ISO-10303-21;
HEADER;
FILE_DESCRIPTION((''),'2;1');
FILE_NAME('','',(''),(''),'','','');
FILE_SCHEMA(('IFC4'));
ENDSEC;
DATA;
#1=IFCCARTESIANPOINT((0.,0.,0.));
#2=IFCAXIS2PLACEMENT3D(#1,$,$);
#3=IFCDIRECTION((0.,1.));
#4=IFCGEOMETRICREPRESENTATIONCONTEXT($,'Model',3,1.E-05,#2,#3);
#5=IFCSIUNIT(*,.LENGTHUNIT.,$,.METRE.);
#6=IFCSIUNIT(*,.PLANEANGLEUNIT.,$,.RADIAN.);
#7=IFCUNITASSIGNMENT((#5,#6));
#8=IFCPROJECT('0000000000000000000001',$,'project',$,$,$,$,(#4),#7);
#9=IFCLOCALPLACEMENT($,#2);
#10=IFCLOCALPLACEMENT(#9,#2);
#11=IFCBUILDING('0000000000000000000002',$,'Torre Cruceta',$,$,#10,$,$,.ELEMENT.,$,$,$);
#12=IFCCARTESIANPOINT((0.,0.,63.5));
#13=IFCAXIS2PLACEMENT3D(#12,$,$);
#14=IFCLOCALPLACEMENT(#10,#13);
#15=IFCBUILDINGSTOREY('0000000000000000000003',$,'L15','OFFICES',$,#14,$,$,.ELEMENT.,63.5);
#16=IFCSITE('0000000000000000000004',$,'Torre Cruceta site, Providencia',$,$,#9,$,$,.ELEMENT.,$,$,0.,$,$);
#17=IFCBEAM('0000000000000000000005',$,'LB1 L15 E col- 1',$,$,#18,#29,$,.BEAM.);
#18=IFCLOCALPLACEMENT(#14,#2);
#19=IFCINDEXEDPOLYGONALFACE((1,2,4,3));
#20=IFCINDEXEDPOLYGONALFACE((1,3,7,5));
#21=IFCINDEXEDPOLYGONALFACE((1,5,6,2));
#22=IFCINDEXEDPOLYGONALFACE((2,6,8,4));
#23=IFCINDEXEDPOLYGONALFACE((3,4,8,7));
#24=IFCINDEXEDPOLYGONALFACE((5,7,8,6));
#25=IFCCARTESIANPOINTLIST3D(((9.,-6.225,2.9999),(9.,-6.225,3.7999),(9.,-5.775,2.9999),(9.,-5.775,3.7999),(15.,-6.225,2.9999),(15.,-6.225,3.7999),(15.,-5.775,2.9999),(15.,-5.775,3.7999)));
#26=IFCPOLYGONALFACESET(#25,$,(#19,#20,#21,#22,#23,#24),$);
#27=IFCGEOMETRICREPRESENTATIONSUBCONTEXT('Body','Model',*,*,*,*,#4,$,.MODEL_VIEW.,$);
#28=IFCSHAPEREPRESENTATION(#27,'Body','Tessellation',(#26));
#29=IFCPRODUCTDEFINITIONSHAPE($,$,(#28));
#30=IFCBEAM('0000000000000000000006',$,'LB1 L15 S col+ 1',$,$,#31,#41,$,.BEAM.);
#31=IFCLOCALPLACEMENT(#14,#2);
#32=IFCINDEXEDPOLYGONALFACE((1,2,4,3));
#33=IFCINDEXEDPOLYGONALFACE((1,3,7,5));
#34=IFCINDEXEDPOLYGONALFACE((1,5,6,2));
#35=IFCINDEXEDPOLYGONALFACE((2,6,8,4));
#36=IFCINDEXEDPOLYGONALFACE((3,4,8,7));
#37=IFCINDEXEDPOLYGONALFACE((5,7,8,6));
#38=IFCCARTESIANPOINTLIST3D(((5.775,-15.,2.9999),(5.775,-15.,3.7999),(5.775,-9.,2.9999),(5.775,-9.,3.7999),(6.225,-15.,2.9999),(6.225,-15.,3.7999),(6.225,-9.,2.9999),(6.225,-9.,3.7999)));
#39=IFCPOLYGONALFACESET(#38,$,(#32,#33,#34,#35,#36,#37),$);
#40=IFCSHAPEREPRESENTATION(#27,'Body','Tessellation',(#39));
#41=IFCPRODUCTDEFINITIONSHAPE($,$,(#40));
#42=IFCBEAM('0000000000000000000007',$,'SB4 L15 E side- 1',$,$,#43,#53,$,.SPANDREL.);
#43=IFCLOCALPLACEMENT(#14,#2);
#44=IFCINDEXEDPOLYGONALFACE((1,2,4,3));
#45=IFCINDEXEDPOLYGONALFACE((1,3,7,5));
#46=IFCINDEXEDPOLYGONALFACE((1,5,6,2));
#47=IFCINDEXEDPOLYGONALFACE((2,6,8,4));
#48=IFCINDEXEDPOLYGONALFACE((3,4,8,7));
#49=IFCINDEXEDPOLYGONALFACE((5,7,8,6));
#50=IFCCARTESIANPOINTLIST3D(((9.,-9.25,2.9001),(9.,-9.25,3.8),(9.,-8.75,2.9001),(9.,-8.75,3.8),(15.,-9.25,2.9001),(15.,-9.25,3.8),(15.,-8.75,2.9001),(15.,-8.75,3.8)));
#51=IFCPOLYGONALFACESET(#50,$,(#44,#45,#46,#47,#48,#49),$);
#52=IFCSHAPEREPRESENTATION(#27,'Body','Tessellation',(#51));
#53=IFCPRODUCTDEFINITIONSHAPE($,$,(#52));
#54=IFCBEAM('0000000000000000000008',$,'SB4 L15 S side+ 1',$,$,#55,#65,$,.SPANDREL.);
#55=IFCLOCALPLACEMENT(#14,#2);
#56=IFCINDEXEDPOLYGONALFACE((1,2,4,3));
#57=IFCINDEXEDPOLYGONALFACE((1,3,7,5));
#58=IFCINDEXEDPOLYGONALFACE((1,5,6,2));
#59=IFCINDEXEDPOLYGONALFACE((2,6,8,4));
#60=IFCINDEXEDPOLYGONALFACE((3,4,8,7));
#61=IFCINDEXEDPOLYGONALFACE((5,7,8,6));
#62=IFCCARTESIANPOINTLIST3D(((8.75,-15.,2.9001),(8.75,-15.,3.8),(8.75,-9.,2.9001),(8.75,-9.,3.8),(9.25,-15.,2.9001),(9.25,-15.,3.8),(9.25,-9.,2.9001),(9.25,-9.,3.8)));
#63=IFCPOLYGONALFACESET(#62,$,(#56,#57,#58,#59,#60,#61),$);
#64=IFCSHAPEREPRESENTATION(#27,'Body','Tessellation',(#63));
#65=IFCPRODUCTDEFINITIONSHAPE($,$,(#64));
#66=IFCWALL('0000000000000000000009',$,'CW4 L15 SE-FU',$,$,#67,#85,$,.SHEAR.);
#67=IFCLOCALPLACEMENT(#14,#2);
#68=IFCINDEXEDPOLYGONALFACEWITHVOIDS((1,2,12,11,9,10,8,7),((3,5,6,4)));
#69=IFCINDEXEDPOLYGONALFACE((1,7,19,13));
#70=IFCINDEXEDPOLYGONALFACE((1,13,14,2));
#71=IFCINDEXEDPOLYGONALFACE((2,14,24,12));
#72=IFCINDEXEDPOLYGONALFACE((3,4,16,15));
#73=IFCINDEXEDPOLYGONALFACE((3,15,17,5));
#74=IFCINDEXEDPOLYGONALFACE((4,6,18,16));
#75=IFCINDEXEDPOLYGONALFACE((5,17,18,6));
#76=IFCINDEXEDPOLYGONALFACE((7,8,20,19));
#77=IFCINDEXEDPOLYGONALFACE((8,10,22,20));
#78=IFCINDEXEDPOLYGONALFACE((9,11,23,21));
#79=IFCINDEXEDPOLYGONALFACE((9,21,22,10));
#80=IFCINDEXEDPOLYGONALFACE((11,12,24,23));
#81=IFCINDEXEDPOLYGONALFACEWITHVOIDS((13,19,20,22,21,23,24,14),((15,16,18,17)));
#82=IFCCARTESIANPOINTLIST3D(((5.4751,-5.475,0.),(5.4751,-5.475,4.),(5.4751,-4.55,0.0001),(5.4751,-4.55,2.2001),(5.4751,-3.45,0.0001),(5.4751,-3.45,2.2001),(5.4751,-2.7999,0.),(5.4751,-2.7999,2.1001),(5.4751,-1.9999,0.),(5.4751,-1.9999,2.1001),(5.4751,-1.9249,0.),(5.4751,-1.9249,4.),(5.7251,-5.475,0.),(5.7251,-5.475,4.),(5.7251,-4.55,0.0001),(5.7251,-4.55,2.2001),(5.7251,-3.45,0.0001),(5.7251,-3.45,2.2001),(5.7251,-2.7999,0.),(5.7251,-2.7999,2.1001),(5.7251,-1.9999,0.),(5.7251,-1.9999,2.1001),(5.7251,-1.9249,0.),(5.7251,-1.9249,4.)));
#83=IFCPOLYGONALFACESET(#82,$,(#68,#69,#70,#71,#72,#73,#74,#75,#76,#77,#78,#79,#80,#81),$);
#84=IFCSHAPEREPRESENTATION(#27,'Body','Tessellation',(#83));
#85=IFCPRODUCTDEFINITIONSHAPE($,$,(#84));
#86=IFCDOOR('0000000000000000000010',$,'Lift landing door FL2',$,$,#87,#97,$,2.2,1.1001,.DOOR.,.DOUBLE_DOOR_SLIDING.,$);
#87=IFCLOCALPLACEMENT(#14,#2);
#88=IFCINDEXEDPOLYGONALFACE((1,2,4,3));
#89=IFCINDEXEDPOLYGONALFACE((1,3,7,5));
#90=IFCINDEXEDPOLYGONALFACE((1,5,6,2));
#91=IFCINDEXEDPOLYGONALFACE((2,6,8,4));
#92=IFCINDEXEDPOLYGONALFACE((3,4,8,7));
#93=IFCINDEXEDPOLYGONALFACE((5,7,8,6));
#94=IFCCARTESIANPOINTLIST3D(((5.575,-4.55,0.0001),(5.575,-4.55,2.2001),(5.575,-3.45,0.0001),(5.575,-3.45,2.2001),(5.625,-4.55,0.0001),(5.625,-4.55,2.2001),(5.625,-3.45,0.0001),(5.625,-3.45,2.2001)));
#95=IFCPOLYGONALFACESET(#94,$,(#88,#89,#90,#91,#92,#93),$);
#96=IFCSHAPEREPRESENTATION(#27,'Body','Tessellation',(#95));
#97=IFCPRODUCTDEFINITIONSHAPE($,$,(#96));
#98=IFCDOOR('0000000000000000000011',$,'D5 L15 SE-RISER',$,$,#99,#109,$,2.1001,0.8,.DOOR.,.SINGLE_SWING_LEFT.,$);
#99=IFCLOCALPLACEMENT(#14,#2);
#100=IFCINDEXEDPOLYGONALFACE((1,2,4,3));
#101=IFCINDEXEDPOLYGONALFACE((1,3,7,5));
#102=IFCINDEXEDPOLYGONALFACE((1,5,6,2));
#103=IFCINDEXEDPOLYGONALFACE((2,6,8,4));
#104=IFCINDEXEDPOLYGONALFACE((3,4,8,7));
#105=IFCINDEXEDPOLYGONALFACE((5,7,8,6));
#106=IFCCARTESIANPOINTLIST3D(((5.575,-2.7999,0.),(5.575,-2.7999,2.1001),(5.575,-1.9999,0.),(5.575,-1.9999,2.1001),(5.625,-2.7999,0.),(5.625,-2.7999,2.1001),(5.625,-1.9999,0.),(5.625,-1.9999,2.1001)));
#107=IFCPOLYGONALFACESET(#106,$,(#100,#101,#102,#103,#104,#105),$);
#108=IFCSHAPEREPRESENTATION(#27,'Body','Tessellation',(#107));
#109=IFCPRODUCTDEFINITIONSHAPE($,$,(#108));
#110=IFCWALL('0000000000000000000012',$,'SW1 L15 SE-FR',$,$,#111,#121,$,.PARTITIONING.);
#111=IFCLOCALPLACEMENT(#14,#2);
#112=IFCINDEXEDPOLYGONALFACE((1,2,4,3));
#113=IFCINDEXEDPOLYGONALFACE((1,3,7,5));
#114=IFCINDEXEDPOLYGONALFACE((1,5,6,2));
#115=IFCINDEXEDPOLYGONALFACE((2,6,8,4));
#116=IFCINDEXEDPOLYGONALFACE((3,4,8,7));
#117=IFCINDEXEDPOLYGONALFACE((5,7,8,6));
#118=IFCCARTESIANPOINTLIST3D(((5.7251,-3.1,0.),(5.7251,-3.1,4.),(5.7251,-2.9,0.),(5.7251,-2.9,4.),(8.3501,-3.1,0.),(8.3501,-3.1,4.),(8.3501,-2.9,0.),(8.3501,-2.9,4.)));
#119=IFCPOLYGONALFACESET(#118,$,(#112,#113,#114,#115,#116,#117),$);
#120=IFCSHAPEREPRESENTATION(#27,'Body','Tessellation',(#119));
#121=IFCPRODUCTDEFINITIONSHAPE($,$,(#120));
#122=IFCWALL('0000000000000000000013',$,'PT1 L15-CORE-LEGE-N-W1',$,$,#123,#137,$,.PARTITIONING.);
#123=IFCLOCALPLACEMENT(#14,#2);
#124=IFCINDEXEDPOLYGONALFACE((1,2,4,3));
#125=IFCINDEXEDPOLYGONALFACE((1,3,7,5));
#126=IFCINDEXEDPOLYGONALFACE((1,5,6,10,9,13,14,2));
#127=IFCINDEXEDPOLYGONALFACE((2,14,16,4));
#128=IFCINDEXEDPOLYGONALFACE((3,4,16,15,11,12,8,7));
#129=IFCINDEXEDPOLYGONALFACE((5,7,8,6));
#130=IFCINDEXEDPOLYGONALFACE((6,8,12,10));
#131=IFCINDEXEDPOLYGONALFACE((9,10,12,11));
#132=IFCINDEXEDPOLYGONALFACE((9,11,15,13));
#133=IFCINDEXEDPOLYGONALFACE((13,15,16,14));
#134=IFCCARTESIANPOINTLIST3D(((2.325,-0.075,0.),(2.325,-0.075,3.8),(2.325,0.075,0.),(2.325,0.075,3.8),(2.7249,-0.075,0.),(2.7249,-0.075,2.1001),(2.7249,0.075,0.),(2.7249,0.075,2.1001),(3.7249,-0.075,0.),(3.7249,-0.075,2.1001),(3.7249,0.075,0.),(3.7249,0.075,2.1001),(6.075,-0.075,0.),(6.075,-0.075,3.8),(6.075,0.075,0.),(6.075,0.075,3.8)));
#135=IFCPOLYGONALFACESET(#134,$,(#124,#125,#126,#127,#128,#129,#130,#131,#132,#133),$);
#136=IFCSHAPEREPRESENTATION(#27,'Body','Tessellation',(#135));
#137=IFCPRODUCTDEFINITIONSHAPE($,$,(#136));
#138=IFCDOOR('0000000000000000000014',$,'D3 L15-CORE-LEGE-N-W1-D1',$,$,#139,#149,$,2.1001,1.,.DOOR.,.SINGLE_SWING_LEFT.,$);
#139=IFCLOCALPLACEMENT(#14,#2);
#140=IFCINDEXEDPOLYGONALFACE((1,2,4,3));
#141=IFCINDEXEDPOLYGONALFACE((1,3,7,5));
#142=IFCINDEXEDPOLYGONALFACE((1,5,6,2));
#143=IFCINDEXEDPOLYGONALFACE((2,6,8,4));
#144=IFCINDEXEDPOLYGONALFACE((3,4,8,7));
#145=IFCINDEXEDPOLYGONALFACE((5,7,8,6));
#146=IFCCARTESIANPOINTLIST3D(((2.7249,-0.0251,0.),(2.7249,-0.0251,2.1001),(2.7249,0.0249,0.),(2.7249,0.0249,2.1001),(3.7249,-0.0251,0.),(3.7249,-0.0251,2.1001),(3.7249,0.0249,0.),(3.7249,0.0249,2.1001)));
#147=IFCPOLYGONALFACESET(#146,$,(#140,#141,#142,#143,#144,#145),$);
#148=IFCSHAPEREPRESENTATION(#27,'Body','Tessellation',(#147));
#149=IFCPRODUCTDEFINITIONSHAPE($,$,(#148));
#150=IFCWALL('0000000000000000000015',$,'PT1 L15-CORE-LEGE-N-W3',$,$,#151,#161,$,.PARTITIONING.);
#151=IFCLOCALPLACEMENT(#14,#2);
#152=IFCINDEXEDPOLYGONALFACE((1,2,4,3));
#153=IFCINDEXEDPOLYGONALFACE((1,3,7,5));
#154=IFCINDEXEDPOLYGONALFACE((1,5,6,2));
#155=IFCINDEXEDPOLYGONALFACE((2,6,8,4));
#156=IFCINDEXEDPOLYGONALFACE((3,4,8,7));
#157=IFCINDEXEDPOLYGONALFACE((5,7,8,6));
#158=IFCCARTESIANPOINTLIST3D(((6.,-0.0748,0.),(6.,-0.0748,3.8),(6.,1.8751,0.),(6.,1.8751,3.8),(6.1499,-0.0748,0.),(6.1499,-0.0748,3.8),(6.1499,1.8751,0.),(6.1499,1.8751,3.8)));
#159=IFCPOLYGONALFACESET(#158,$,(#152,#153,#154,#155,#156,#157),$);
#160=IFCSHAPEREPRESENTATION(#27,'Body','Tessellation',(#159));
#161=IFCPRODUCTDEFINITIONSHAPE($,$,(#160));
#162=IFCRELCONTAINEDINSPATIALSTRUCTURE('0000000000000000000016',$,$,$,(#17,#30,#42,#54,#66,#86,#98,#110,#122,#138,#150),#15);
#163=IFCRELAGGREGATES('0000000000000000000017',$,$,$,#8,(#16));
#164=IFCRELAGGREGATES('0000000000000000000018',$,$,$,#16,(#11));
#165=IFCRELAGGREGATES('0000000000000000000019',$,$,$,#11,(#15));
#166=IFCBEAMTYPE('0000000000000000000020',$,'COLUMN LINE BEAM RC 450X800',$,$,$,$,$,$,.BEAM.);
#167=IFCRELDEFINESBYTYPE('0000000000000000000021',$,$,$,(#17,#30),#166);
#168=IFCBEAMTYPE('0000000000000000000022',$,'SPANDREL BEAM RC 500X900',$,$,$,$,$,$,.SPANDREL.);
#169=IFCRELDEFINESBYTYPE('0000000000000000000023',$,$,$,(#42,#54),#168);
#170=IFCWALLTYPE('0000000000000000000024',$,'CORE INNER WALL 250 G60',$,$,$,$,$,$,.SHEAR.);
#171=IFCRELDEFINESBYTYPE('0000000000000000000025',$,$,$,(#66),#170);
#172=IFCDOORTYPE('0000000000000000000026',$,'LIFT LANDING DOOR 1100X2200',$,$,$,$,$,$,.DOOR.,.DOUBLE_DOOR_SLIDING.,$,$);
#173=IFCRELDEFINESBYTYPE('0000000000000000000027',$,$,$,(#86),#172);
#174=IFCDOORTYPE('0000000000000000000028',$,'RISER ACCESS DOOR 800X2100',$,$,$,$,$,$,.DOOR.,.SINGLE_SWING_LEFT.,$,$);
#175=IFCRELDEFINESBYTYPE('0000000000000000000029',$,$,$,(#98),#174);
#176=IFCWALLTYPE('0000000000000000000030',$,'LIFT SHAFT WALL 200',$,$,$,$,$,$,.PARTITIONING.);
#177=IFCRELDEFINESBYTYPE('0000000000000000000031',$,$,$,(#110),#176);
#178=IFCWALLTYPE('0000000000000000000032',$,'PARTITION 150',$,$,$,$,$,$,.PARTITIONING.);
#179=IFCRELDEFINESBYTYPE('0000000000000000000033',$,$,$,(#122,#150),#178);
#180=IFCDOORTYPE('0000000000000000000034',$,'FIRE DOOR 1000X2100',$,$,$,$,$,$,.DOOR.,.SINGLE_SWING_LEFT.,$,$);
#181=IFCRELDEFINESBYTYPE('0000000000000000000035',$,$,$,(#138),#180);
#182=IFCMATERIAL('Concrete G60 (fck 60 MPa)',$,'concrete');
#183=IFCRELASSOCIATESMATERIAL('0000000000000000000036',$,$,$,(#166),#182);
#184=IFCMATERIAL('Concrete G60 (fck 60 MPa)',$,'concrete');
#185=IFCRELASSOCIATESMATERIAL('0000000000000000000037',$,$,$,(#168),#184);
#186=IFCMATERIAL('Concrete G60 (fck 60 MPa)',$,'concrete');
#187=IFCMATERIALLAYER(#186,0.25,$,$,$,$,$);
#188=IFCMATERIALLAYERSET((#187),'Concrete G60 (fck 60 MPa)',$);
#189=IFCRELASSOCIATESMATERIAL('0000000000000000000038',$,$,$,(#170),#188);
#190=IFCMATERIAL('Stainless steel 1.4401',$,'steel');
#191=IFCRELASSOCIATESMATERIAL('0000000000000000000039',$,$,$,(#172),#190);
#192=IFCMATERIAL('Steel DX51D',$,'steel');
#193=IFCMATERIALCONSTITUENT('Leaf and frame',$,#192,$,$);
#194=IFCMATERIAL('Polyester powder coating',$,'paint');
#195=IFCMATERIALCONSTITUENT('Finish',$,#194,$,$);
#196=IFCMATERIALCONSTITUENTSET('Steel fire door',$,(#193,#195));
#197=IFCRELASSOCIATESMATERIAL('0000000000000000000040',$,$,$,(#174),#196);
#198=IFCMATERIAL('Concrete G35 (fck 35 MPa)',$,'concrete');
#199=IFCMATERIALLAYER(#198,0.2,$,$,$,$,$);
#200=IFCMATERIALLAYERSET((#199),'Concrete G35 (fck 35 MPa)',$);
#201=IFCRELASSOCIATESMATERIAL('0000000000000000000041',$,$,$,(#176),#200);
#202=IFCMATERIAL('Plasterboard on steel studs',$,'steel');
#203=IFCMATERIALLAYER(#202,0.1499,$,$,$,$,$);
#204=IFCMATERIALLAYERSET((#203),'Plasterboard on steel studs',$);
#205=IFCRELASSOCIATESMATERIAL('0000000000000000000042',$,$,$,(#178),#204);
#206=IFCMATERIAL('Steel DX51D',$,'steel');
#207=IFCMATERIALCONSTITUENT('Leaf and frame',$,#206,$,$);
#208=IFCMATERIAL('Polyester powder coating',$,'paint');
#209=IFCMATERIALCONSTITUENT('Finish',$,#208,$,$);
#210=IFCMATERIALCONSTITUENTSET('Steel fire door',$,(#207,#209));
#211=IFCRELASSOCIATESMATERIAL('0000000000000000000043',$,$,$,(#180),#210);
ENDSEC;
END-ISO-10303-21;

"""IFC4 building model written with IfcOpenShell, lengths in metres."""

from ifc_helpers import new_model, si_unit, direction, frame, frame_2d, origin, origin_2d, place, context, subcontext, project, spatial, rectangle, extrude, material, layer, layer_set, constituent, constituent_set, material_profile, profile_set, type_object, element, fill, save


model = new_model("IFC4")

# Units and contexts
model_context = context("Model", 3, precision=1e-05, world=origin(), true_north=direction((0.0, 1.0)))
body_context = subcontext(model_context, "Body", "Model", "MODEL_VIEW")
ifc_project = project(units=[si_unit("LENGTHUNIT", "METRE"), si_unit("PLANEANGLEUNIT", "RADIAN")], contexts=[model_context])

# Site, building, storey
site_placement = place(None, origin())
site = spatial("IfcSite", under=ifc_project, at=site_placement, Name="Torre Cruceta site, Providencia", CompositionType="ELEMENT", RefElevation=0.0)
building_placement = place(site_placement, origin())
building = spatial("IfcBuilding", under=site, at=building_placement, Name="Torre Cruceta", CompositionType="ELEMENT")
storey_placement = place(building_placement, frame((0.0, 0.0, 63.5)))
storey = spatial("IfcBuildingStorey", under=building, at=storey_placement, Name="L15", Description="OFFICES", CompositionType="ELEMENT", Elevation=63.5)

# Beams
ifc_material_1 = material(Name="Concrete G60 (fck 60 MPa)", Category="concrete")
ifc_material_profile_1 = material_profile(ifc_material_1, rectangle(XDim=0.45, YDim=0.8, at=origin_2d()), Name="RC 450X800")
ifc_profile_set_1 = profile_set([ifc_material_profile_1], Name="Concrete G60 (fck 60 MPa)")
beam_type_1 = type_object("IfcBeamType", Name="COLUMN LINE BEAM RC 450X800", PredefinedType="BEAM", material=ifc_profile_set_1)
for number, where, z_axis, x_axis, name in (
    (1, (9.0, -6.0, 3.3999), (1.0, 0.0, 0.0), (0.0, 1.0, 0.0), "LB1 L15 E col- 1"),
    (2, (6.0, -9.0, 3.3999), (0.0, -1.0, 0.0), (1.0, 0.0, 0.0), "LB1 L15 S col+ 1"),
):
    element("IfcBeam", number, at=place(storey_placement, frame(where, z_axis=z_axis, x_axis=x_axis)), inside=storey, type_object=beam_type_1, Name=name, PredefinedType="BEAM", context=body_context, shape_type="SweptSolid", body=[
        extrude(rectangle(XDim=0.45, YDim=0.8, at=origin_2d()), origin(), (0.0, 0.0, 1.0), 6.0),
    ])
ifc_material_2 = material(Name="Concrete G60 (fck 60 MPa)", Category="concrete")
ifc_material_profile_2 = material_profile(ifc_material_2, rectangle(XDim=0.5, YDim=0.8999, at=origin_2d()), Name="RC 500X900")
ifc_profile_set_2 = profile_set([ifc_material_profile_2], Name="Concrete G60 (fck 60 MPa)")
beam_type_2 = type_object("IfcBeamType", Name="SPANDREL BEAM RC 500X900", PredefinedType="SPANDREL", material=ifc_profile_set_2)
for number, where, z_axis, x_axis, name in (
    (3, (9.0, -9.0, 3.3501), (1.0, 0.0, 0.0), (0.0, 1.0, 0.0), "SB4 L15 E side- 1"),
    (4, (9.0, -9.0, 3.3501), (0.0, -1.0, 0.0), (1.0, 0.0, 0.0), "SB4 L15 S side+ 1"),
):
    element("IfcBeam", number, at=place(storey_placement, frame(where, z_axis=z_axis, x_axis=x_axis)), inside=storey, type_object=beam_type_2, Name=name, PredefinedType="SPANDREL", context=body_context, shape_type="SweptSolid", body=[
        extrude(rectangle(XDim=0.5, YDim=0.8999, at=origin_2d()), origin(), (0.0, 0.0, 1.0), 6.0),
    ])

# Wall, openings, doors
ifc_material_3 = material(Name="Concrete G60 (fck 60 MPa)", Category="concrete")
ifc_layer_1 = layer(ifc_material_3, 0.25)
ifc_layer_set_1 = layer_set([ifc_layer_1], Name="Concrete G60 (fck 60 MPa)")
wall_type_1 = type_object("IfcWallType", Name="CORE INNER WALL 250 G60", PredefinedType="SHEAR", material=ifc_layer_set_1)
wall_1_placement = place(storey_placement, frame((5.6001, -1.925, 0.0), z_axis=(0.0, 0.0, 1.0), x_axis=(0.0, -1.0, 0.0)))
wall_1 = element("IfcWall", 5, at=wall_1_placement, inside=storey, type_object=wall_type_1, Name="CW4 L15 SE-FU", PredefinedType="SHEAR", context=body_context, shape_type="SweptSolid", body=[
    extrude(rectangle(XDim=3.55, YDim=0.25, at=frame_2d((1.7749, 0.0))), origin(), (0.0, 0.0, 1.0), 4.0),
])
opening_1_placement = place(wall_1_placement, frame((1.5249, 0.0, 0.0)))
opening_1 = element("IfcOpeningElement", 6, at=opening_1_placement, cuts=wall_1, PredefinedType="OPENING", context=body_context, shape_type="SweptSolid", body=[
    extrude(rectangle(XDim=1.1001, YDim=2.2, at=frame_2d((0.55, 1.1001))), frame((0.0, 0.135, 0.0), z_axis=(0.0, -1.0, 0.0), x_axis=(1.0, 0.0, 0.0)), (0.0, 0.0, 1.0), 0.27),
])
opening_2_placement = place(wall_1_placement, frame((0.075, 0.0, 0.0)))
opening_2 = element("IfcOpeningElement", 7, at=opening_2_placement, cuts=wall_1, PredefinedType="OPENING", context=body_context, shape_type="SweptSolid", body=[
    extrude(rectangle(XDim=0.8, YDim=2.1001, at=frame_2d((0.3999, 1.05))), frame((0.0, 0.135, 0.0), z_axis=(0.0, -1.0, 0.0), x_axis=(1.0, 0.0, 0.0)), (0.0, 0.0, 1.0), 0.27),
])
ifc_material_4 = material(Name="Stainless steel 1.4401", Category="steel")
door_type_1 = type_object("IfcDoorType", Name="LIFT LANDING DOOR 1100X2200", OperationType="DOUBLE_DOOR_SLIDING", PredefinedType="DOOR", material=ifc_material_4)
door_1_placement = place(opening_1_placement, origin())
door_1 = element("IfcDoor", 8, at=door_1_placement, inside=storey, type_object=door_type_1, Name="Lift landing door FL2", OperationType="DOUBLE_DOOR_SLIDING", OverallHeight=2.2, OverallWidth=1.1001, PredefinedType="DOOR", context=body_context, shape_type="SweptSolid", body=[
    extrude(rectangle(XDim=1.1001, YDim=2.2, at=frame_2d((0.55, 1.1001))), frame((0.0, 0.0249, 0.0), z_axis=(0.0, -1.0, 0.0), x_axis=(1.0, 0.0, 0.0)), (0.0, 0.0, 1.0), 0.05),
])
fill(opening_1, door_1)
ifc_material_5 = material(Name="Steel DX51D", Category="steel")
ifc_constituent_1 = constituent(ifc_material_5, Name="Leaf and frame")
ifc_material_6 = material(Name="Polyester powder coating", Category="paint")
ifc_constituent_2 = constituent(ifc_material_6, Name="Finish")
ifc_constituent_set_1 = constituent_set(constituents=[ifc_constituent_1, ifc_constituent_2], Name="Steel fire door")
door_type_2 = type_object("IfcDoorType", Name="RISER ACCESS DOOR 800X2100", OperationType="SINGLE_SWING_LEFT", PredefinedType="DOOR", material=ifc_constituent_set_1)
door_2_placement = place(opening_2_placement, origin())
door_2 = element("IfcDoor", 9, at=door_2_placement, inside=storey, type_object=door_type_2, Name="D5 L15 SE-RISER", OperationType="SINGLE_SWING_LEFT", OverallHeight=2.1001, OverallWidth=0.8, PredefinedType="DOOR", context=body_context, shape_type="SweptSolid", body=[
    extrude(rectangle(XDim=0.8, YDim=2.1001, at=frame_2d((0.3999, 1.05))), frame((0.0, 0.0249, 0.0), z_axis=(0.0, -1.0, 0.0), x_axis=(1.0, 0.0, 0.0)), (0.0, 0.0, 1.0), 0.05),
])
fill(opening_2, door_2)

# Wall
ifc_material_7 = material(Name="Concrete G35 (fck 35 MPa)", Category="concrete")
ifc_layer_2 = layer(ifc_material_7, 0.2)
ifc_layer_set_2 = layer_set([ifc_layer_2], Name="Concrete G35 (fck 35 MPa)")
wall_type_2 = type_object("IfcWallType", Name="LIFT SHAFT WALL 200", PredefinedType="PARTITIONING", material=ifc_layer_set_2)
wall_2_placement = place(storey_placement, frame((5.7251, -3.0, 0.0), z_axis=(0.0, 0.0, 1.0), x_axis=(1.0, 0.0, 0.0)))
element("IfcWall", 10, at=wall_2_placement, inside=storey, type_object=wall_type_2, Name="SW1 L15 SE-FR", PredefinedType="PARTITIONING", context=body_context, shape_type="SweptSolid", body=[
    extrude(rectangle(XDim=2.625, YDim=0.2, at=frame_2d((1.3125, 0.0))), origin(), (0.0, 0.0, 1.0), 4.0),
])

# Wall, opening, door
ifc_material_8 = material(Name="Plasterboard on steel studs", Category="steel")
ifc_layer_3 = layer(ifc_material_8, 0.1499)
ifc_layer_set_3 = layer_set([ifc_layer_3], Name="Plasterboard on steel studs")
wall_type_3 = type_object("IfcWallType", Name="PARTITION 150", PredefinedType="PARTITIONING", material=ifc_layer_set_3)
wall_3_placement = place(storey_placement, frame((2.325, 0.0, 0.0), z_axis=(0.0, 0.0, 1.0), x_axis=(1.0, 0.0, 0.0)))
wall_3 = element("IfcWall", 11, at=wall_3_placement, inside=storey, type_object=wall_type_3, Name="PT1 L15-CORE-LEGE-N-W1", PredefinedType="PARTITIONING", context=body_context, shape_type="SweptSolid", body=[
    extrude(rectangle(XDim=3.75, YDim=0.1499, at=frame_2d((1.875, 0.0))), origin(), (0.0, 0.0, 1.0), 3.8),
])
opening_3_placement = place(wall_3_placement, frame((0.3999, 0.0, 0.0)))
opening_3 = element("IfcOpeningElement", 12, at=opening_3_placement, cuts=wall_3, PredefinedType="OPENING", context=body_context, shape_type="SweptSolid", body=[
    extrude(rectangle(XDim=1.0, YDim=2.1001, at=frame_2d((0.5, 1.05))), frame((0.0, 0.085, 0.0), z_axis=(0.0, -1.0, 0.0), x_axis=(1.0, 0.0, 0.0)), (0.0, 0.0, 1.0), 0.1699),
])
ifc_material_9 = material(Name="Steel DX51D", Category="steel")
ifc_constituent_3 = constituent(ifc_material_9, Name="Leaf and frame")
ifc_material_10 = material(Name="Polyester powder coating", Category="paint")
ifc_constituent_4 = constituent(ifc_material_10, Name="Finish")
ifc_constituent_set_2 = constituent_set(constituents=[ifc_constituent_3, ifc_constituent_4], Name="Steel fire door")
door_type_3 = type_object("IfcDoorType", Name="FIRE DOOR 1000X2100", OperationType="SINGLE_SWING_LEFT", PredefinedType="DOOR", material=ifc_constituent_set_2)
door_3_placement = place(opening_3_placement, origin())
door_3 = element("IfcDoor", 13, at=door_3_placement, inside=storey, type_object=door_type_3, Name="D3 L15-CORE-LEGE-N-W1-D1", OperationType="SINGLE_SWING_LEFT", OverallHeight=2.1001, OverallWidth=1.0, PredefinedType="DOOR", context=body_context, shape_type="SweptSolid", body=[
    extrude(rectangle(XDim=1.0, YDim=2.1001, at=frame_2d((0.5, 1.05))), frame((0.0, 0.0249, 0.0), z_axis=(0.0, -1.0, 0.0), x_axis=(1.0, 0.0, 0.0)), (0.0, 0.0, 1.0), 0.05),
])
fill(opening_3, door_3)

# Wall
wall_4_placement = place(storey_placement, frame((6.075, -0.075, 0.0), z_axis=(0.0, 0.0, 1.0), x_axis=(0.0, 1.0, 0.0)))
element("IfcWall", 14, at=wall_4_placement, inside=storey, type_object=wall_type_3, Name="PT1 L15-CORE-LEGE-N-W3", PredefinedType="PARTITIONING", context=body_context, shape_type="SweptSolid", body=[
    extrude(rectangle(XDim=1.95, YDim=0.1499, at=frame_2d((0.9751, 0.0))), origin(), (0.0, 0.0, 1.0), 3.8),
])

save(model, "model.ifc")
